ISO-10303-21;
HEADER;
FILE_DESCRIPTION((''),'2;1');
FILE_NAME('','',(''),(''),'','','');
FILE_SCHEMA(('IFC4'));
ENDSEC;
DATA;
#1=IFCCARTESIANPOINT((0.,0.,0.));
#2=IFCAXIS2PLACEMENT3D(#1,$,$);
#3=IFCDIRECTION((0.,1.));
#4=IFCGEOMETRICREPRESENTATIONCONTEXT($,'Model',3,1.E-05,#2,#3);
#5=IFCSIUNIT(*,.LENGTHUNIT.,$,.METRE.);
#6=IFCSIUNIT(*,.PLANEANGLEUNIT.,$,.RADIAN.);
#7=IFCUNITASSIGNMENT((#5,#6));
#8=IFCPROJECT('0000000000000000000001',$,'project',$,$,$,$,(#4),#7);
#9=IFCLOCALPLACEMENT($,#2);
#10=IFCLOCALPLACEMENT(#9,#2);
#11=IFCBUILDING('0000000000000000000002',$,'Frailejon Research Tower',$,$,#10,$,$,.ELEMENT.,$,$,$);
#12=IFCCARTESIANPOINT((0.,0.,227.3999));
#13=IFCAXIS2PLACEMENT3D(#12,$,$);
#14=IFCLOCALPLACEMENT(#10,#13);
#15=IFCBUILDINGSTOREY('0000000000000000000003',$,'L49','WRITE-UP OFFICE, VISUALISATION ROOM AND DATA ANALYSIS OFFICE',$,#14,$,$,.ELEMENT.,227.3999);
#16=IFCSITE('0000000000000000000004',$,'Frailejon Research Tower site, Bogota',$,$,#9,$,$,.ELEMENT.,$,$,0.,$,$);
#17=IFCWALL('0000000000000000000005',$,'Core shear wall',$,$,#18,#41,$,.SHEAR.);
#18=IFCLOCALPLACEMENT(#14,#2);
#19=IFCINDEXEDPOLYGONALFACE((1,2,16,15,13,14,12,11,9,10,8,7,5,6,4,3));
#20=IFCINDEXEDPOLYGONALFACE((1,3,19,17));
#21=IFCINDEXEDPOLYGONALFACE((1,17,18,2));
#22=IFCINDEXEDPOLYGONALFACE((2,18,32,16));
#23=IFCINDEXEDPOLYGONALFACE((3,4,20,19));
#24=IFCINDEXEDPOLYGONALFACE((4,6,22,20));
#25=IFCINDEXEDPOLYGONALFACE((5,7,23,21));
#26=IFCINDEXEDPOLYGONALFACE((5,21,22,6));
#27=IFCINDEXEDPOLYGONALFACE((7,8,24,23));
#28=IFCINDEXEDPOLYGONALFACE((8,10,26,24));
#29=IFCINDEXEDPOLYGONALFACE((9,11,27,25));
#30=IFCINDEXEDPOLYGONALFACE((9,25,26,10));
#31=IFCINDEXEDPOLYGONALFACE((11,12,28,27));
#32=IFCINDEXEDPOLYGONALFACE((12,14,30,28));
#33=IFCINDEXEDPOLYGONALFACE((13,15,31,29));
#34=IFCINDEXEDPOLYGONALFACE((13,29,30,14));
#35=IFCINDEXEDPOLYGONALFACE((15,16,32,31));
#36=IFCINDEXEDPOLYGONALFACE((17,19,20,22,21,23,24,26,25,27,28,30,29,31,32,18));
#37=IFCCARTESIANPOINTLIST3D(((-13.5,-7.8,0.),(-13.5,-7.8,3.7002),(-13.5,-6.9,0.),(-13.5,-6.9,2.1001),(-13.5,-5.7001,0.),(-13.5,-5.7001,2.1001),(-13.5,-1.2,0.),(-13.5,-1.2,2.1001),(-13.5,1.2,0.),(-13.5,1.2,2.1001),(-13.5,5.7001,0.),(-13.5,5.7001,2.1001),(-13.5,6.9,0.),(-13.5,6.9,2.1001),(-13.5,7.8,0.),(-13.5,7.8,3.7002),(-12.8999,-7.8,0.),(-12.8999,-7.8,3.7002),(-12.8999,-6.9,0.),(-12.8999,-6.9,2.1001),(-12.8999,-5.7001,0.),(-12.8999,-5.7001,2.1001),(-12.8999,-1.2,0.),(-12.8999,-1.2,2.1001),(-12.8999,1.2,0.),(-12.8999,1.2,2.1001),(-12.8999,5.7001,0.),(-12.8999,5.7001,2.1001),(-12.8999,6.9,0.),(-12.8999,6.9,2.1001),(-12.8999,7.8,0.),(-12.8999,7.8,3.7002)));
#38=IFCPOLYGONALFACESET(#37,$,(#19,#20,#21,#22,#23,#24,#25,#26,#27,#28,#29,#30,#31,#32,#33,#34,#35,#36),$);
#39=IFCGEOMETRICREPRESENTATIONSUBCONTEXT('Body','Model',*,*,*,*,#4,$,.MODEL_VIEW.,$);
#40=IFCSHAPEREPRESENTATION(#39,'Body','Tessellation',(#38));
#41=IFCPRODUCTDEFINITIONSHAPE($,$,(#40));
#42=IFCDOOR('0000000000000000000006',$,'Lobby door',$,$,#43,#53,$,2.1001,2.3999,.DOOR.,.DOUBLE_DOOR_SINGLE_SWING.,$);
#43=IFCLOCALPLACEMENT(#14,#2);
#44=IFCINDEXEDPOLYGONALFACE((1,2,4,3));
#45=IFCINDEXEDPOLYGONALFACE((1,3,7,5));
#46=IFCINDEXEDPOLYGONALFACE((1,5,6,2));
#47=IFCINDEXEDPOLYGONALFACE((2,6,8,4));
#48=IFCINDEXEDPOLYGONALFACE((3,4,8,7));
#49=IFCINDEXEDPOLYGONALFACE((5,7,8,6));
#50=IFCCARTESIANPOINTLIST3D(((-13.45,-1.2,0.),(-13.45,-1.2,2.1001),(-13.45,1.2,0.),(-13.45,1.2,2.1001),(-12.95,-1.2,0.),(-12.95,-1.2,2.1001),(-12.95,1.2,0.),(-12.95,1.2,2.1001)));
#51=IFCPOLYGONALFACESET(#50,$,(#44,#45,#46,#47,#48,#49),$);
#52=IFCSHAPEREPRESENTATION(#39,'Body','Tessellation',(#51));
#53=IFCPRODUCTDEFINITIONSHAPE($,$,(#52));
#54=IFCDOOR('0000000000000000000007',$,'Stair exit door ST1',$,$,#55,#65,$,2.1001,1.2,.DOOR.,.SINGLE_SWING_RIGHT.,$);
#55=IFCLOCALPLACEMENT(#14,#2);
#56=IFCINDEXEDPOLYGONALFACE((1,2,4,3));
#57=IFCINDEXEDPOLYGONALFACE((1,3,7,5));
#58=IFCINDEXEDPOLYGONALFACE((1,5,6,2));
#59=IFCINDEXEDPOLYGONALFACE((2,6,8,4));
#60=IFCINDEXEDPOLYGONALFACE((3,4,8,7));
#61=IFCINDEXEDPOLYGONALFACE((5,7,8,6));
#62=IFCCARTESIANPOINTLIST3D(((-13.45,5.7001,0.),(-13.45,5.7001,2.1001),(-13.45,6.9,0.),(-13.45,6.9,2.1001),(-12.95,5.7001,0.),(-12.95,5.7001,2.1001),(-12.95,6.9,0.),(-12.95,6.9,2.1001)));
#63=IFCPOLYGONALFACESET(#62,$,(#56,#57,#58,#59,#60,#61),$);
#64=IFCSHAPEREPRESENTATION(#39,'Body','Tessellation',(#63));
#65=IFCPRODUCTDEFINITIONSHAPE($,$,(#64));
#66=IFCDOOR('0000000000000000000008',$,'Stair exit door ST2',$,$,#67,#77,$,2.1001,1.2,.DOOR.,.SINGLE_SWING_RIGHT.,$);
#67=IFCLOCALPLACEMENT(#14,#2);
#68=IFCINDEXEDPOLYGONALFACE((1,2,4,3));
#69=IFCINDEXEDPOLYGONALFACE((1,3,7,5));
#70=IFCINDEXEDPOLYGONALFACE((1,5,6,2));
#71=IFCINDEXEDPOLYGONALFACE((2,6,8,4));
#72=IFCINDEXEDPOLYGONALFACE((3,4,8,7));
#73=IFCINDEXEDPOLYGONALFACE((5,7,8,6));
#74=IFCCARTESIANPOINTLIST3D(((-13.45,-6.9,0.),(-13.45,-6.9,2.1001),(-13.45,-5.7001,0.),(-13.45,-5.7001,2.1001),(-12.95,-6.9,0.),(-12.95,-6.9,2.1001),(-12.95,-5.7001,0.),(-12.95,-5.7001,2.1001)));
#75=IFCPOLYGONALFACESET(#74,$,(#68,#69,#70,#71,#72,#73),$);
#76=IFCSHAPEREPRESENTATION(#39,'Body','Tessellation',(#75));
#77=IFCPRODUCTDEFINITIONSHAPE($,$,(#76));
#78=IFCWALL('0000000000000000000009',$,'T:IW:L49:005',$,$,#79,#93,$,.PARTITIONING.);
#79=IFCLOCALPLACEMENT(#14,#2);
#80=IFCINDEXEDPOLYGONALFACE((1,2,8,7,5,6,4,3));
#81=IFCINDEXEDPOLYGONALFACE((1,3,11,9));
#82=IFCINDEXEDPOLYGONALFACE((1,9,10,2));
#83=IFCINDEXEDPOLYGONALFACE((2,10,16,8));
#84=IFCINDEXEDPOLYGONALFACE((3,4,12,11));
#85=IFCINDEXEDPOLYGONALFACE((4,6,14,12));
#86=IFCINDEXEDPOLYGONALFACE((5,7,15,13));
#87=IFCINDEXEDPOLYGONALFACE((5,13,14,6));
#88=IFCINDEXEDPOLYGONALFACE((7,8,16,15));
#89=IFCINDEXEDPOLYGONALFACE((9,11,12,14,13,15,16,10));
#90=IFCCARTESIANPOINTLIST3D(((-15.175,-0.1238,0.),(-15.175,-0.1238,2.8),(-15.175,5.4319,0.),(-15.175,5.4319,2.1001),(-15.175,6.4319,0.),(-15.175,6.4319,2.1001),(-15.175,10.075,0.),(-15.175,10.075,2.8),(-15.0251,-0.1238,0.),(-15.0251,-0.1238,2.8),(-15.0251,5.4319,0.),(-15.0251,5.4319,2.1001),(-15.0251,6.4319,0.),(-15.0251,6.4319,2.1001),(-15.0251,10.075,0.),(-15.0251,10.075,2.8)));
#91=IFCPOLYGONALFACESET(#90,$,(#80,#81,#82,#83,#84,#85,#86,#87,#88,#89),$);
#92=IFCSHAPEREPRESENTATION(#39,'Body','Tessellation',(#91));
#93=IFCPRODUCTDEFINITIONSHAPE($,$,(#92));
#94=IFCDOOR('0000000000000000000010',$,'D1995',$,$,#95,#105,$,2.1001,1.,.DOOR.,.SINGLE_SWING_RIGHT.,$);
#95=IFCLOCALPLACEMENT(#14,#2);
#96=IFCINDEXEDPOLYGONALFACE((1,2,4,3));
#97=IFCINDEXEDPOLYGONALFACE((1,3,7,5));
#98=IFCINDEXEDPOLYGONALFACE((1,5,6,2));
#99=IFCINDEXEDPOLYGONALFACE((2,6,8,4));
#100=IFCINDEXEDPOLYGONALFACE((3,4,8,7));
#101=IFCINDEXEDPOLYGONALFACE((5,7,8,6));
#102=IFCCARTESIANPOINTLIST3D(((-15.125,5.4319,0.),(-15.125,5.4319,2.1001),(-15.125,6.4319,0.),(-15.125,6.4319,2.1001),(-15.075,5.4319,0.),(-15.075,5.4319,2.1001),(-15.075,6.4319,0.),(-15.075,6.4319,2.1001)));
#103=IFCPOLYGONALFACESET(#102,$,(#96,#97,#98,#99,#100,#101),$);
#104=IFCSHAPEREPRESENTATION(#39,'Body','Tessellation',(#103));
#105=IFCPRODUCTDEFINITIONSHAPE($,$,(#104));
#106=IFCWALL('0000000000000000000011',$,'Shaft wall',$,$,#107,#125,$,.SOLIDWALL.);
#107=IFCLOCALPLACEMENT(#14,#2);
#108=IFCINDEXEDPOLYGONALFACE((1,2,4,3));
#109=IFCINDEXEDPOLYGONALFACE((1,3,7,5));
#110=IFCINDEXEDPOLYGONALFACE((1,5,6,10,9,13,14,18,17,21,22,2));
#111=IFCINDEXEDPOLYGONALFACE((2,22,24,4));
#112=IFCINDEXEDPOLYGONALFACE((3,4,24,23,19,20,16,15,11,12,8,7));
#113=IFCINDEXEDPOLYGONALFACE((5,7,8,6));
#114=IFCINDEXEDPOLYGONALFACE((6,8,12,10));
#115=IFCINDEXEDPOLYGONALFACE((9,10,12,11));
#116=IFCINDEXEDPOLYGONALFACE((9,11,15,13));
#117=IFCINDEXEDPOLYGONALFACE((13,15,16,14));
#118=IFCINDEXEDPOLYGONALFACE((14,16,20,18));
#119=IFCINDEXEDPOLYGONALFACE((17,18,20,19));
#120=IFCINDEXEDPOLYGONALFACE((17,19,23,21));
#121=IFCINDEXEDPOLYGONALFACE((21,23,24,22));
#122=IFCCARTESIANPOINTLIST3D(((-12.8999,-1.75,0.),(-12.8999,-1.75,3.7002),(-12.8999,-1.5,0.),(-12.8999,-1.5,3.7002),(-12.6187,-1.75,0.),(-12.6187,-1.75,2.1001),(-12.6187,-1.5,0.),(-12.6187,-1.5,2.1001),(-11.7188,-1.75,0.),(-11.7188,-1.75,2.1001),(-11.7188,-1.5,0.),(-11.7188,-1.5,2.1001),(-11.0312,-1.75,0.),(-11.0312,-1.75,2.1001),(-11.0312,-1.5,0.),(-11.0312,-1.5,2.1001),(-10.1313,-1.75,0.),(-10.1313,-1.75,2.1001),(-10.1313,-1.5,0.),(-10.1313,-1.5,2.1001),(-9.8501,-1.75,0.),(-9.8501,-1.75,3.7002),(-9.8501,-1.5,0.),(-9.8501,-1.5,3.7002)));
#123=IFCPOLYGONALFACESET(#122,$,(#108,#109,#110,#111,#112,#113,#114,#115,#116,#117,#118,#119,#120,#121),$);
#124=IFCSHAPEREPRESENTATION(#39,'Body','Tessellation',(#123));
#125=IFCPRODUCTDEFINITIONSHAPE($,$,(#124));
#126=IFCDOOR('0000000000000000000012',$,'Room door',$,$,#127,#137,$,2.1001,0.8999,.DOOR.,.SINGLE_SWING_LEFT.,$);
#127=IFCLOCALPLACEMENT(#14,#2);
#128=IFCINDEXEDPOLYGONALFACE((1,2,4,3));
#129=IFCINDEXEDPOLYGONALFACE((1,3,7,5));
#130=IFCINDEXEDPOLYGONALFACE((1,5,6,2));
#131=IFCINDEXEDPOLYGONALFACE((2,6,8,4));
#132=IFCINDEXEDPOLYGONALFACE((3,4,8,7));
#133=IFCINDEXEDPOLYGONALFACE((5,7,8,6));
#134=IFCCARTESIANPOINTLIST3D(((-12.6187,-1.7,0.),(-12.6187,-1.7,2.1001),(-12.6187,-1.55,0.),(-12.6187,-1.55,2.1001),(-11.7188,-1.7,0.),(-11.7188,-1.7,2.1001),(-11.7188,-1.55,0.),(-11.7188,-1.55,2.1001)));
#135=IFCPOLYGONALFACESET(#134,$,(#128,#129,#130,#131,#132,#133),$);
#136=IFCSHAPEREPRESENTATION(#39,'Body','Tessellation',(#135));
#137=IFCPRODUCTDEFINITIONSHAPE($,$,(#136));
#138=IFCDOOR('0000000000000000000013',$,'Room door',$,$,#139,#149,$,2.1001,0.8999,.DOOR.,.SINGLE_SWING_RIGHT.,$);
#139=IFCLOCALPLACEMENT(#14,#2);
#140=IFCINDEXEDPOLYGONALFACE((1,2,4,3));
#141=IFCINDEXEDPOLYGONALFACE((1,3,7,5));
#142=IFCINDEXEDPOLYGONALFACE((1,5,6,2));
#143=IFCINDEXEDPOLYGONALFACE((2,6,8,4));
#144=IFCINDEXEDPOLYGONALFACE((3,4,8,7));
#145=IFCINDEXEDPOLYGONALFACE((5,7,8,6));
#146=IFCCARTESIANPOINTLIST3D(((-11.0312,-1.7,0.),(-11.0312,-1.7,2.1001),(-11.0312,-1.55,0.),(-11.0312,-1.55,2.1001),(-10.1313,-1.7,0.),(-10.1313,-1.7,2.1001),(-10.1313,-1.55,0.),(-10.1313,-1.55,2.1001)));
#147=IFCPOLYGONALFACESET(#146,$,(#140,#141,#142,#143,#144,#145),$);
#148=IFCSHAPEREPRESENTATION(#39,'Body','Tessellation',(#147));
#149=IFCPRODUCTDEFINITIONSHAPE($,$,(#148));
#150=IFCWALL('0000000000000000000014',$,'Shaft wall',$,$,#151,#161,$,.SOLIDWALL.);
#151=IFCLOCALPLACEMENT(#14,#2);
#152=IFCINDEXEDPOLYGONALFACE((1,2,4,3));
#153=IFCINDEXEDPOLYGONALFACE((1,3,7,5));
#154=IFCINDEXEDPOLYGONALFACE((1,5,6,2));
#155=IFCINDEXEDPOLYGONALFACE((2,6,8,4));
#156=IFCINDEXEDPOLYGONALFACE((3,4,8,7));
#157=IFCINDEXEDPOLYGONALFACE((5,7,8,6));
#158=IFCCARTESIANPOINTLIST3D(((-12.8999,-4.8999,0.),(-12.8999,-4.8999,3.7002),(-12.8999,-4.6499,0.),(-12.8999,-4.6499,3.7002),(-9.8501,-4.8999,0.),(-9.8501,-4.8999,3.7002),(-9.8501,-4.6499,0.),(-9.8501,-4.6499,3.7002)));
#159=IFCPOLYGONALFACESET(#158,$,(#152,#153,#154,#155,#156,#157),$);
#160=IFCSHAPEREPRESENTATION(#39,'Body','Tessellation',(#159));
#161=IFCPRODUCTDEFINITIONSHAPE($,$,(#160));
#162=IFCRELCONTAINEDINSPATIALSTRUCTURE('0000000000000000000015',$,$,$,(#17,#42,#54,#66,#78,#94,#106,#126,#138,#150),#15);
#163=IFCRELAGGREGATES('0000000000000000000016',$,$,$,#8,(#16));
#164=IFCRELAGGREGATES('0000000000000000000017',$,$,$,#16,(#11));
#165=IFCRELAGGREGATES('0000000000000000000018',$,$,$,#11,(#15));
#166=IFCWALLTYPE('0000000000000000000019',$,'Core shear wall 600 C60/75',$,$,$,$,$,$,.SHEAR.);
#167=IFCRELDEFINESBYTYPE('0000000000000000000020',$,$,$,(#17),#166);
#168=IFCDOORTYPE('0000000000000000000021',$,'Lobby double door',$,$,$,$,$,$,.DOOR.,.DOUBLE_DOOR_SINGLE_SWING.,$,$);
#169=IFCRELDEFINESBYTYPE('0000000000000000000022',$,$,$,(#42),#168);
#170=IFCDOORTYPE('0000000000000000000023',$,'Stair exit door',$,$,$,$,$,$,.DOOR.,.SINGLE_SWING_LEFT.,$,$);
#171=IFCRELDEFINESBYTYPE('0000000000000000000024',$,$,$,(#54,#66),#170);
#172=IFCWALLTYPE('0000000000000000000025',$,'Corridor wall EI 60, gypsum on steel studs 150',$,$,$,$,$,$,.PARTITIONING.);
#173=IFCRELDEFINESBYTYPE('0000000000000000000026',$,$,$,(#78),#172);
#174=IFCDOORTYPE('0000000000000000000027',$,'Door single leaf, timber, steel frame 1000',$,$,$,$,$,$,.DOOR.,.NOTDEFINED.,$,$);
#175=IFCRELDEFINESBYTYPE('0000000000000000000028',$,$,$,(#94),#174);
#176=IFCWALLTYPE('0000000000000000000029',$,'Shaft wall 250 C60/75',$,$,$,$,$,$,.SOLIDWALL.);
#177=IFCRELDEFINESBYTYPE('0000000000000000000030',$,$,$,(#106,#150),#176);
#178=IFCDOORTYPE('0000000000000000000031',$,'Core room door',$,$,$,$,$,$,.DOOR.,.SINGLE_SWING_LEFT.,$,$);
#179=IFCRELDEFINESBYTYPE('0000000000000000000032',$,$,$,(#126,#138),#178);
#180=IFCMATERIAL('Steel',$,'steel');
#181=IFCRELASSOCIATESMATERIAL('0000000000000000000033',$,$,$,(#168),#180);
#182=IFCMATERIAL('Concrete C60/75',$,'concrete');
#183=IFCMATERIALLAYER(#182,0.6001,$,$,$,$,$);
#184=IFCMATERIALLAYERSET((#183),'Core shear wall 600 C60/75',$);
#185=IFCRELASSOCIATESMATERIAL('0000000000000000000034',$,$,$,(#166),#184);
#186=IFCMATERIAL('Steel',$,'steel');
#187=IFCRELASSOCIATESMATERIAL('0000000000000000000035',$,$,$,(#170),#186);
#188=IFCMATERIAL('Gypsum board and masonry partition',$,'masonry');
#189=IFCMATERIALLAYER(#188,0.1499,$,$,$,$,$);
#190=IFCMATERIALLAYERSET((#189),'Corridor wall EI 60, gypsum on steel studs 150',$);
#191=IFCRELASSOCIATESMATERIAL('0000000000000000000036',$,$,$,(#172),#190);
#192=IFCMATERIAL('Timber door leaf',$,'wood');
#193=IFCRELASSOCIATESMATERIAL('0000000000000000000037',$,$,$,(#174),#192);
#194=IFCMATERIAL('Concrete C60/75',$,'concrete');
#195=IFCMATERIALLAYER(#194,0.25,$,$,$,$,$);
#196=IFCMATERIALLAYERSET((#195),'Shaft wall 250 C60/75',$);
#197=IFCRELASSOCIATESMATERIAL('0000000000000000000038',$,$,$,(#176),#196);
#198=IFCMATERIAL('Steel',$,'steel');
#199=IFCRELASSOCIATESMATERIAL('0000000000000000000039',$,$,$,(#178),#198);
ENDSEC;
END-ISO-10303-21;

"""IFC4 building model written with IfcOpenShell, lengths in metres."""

from ifc_helpers import new_model, si_unit, direction, frame, frame_2d, origin, place, context, subcontext, project, spatial, rectangle, extrude, material, layer, layer_set, type_object, element, fill, save


model = new_model("IFC4")

# Units and contexts
model_context = context("Model", 3, precision=1e-05, world=origin(), true_north=direction((0.0, 1.0)))
body_context = subcontext(model_context, "Body", "Model", "MODEL_VIEW")
ifc_project = project(units=[si_unit("LENGTHUNIT", "METRE"), si_unit("PLANEANGLEUNIT", "RADIAN")], contexts=[model_context])

# Site, building, storey
site_placement = place(None, origin())
site = spatial("IfcSite", under=ifc_project, at=site_placement, Name="Frailejon Research Tower site, Bogota", CompositionType="ELEMENT", RefElevation=0.0)
building_placement = place(site_placement, origin())
building = spatial("IfcBuilding", under=site, at=building_placement, Name="Frailejon Research Tower", CompositionType="ELEMENT")
storey_placement = place(building_placement, frame((0.0, 0.0, 227.3999)))
storey = spatial("IfcBuildingStorey", under=building, at=storey_placement, Name="L49", Description="WRITE-UP OFFICE, VISUALISATION ROOM AND DATA ANALYSIS OFFICE", CompositionType="ELEMENT", Elevation=227.3999)

# Shared definitions
ifc_material_1 = material(Name="Steel", Category="steel")
door_type_1 = type_object("IfcDoorType", Name="Lobby double door", OperationType="DOUBLE_DOOR_SINGLE_SWING", PredefinedType="DOOR", material=ifc_material_1)

# Shared definitions
ifc_material_2 = material(Name="Concrete C60/75", Category="concrete")
ifc_layer_1 = layer(ifc_material_2, 0.6001)
ifc_layer_set_1 = layer_set([ifc_layer_1], Name="Core shear wall 600 C60/75")
wall_type_1 = type_object("IfcWallType", Name="Core shear wall 600 C60/75", PredefinedType="SHEAR", material=ifc_layer_set_1)

# Wall, openings, doors
wall_1_placement = place(storey_placement, frame((-13.2, -7.8, 0.0), z_axis=(0.0, 0.0, 1.0), x_axis=(0.0, 1.0, 0.0)))
wall_1 = element("IfcWall", 1, at=wall_1_placement, inside=storey, type_object=wall_type_1, Name="Core shear wall", PredefinedType="SHEAR", context=body_context, shape_type="SweptSolid", body=[
    extrude(rectangle(XDim=15.6001, YDim=0.6001, at=frame_2d((7.8, 0.0))), origin(), (0.0, 0.0, 1.0), 3.7002),
])
opening_1_placement = place(wall_1_placement, frame((6.6001, 0.0, 0.0)))
opening_1 = element("IfcOpeningElement", 2, at=opening_1_placement, cuts=wall_1, PredefinedType="OPENING", context=body_context, shape_type="SweptSolid", body=[
    extrude(rectangle(XDim=2.3999, YDim=2.1001, at=frame_2d((1.2, 1.05))), frame((0.0, 0.3101, 0.0), z_axis=(0.0, -1.0, 0.0), x_axis=(1.0, 0.0, 0.0)), (0.0, 0.0, 1.0), 0.6201),
])
opening_2_placement = place(wall_1_placement, frame((13.5, 0.0, 0.0)))
opening_2 = element("IfcOpeningElement", 3, at=opening_2_placement, cuts=wall_1, PredefinedType="OPENING", context=body_context, shape_type="SweptSolid", body=[
    extrude(rectangle(XDim=1.2, YDim=2.1001, at=frame_2d((0.6001, 1.05))), frame((0.0, 0.3101, 0.0), z_axis=(0.0, -1.0, 0.0), x_axis=(1.0, 0.0, 0.0)), (0.0, 0.0, 1.0), 0.6201),
])
opening_3_placement = place(wall_1_placement, frame((0.8999, 0.0, 0.0)))
opening_3 = element("IfcOpeningElement", 4, at=opening_3_placement, cuts=wall_1, PredefinedType="OPENING", context=body_context, shape_type="SweptSolid", body=[
    extrude(rectangle(XDim=1.2, YDim=2.1001, at=frame_2d((0.6001, 1.05))), frame((0.0, 0.3101, 0.0), z_axis=(0.0, -1.0, 0.0), x_axis=(1.0, 0.0, 0.0)), (0.0, 0.0, 1.0), 0.6201),
])
door_1_placement = place(opening_1_placement, origin())
door_1 = element("IfcDoor", 5, at=door_1_placement, inside=storey, type_object=door_type_1, Name="Lobby door", OperationType="DOUBLE_DOOR_SINGLE_SWING", OverallHeight=2.1001, OverallWidth=2.3999, PredefinedType="DOOR", context=body_context, shape_type="SweptSolid", body=[
    extrude(rectangle(XDim=2.3999, YDim=2.1001, at=frame_2d((1.2, 1.05))), frame((0.0, 0.25, 0.0), z_axis=(0.0, -1.0, 0.0), x_axis=(1.0, 0.0, 0.0)), (0.0, 0.0, 1.0), 0.5),
])
fill(opening_1, door_1)
ifc_material_3 = material(Name="Steel", Category="steel")
door_type_2 = type_object("IfcDoorType", Name="Stair exit door", OperationType="SINGLE_SWING_LEFT", PredefinedType="DOOR", material=ifc_material_3)
door_2_placement = place(opening_2_placement, origin())
door_2 = element("IfcDoor", 6, at=door_2_placement, inside=storey, type_object=door_type_2, Name="Stair exit door ST1", OperationType="SINGLE_SWING_RIGHT", OverallHeight=2.1001, OverallWidth=1.2, PredefinedType="DOOR", context=body_context, shape_type="SweptSolid", body=[
    extrude(rectangle(XDim=1.2, YDim=2.1001, at=frame_2d((0.6001, 1.05))), frame((0.0, 0.25, 0.0), z_axis=(0.0, -1.0, 0.0), x_axis=(1.0, 0.0, 0.0)), (0.0, 0.0, 1.0), 0.5),
])
fill(opening_2, door_2)
door_3_placement = place(opening_3_placement, origin())
door_3 = element("IfcDoor", 7, at=door_3_placement, inside=storey, type_object=door_type_2, Name="Stair exit door ST2", OperationType="SINGLE_SWING_RIGHT", OverallHeight=2.1001, OverallWidth=1.2, PredefinedType="DOOR", context=body_context, shape_type="SweptSolid", body=[
    extrude(rectangle(XDim=1.2, YDim=2.1001, at=frame_2d((0.6001, 1.05))), frame((0.0, 0.25, 0.0), z_axis=(0.0, -1.0, 0.0), x_axis=(1.0, 0.0, 0.0)), (0.0, 0.0, 1.0), 0.5),
])
fill(opening_3, door_3)

# Wall, opening, door
ifc_material_4 = material(Name="Gypsum board and masonry partition", Category="masonry")
ifc_layer_2 = layer(ifc_material_4, 0.1499)
ifc_layer_set_2 = layer_set([ifc_layer_2], Name="Corridor wall EI 60, gypsum on steel studs 150")
wall_type_2 = type_object("IfcWallType", Name="Corridor wall EI 60, gypsum on steel studs 150", PredefinedType="PARTITIONING", material=ifc_layer_set_2)
wall_2_placement = place(storey_placement, frame((-15.1001, -0.1238, 0.0), z_axis=(0.0, 0.0, 1.0), x_axis=(0.0, 1.0, 0.0)))
wall_2 = element("IfcWall", 8, at=wall_2_placement, inside=storey, type_object=wall_type_2, Name="T:IW:L49:005", PredefinedType="PARTITIONING", context=body_context, shape_type="SweptSolid", body=[
    extrude(rectangle(XDim=10.1987, YDim=0.1499, at=frame_2d((5.0994, 0.0))), origin(), (0.0, 0.0, 1.0), 2.8),
])
opening_4_placement = place(wall_2_placement, frame((5.5557, 0.0, 0.0)))
opening_4 = element("IfcOpeningElement", 9, at=opening_4_placement, cuts=wall_2, PredefinedType="OPENING", context=body_context, shape_type="SweptSolid", body=[
    extrude(rectangle(XDim=1.0, YDim=2.1001, at=frame_2d((0.5, 1.05))), frame((0.0, 0.085, 0.0), z_axis=(0.0, -1.0, 0.0), x_axis=(1.0, 0.0, 0.0)), (0.0, 0.0, 1.0), 0.1699),
])
ifc_material_5 = material(Name="Timber door leaf", Category="wood")
door_type_3 = type_object("IfcDoorType", Name="Door single leaf, timber, steel frame 1000", OperationType="NOTDEFINED", PredefinedType="DOOR", material=ifc_material_5)
door_4_placement = place(opening_4_placement, origin())
door_4 = element("IfcDoor", 10, at=door_4_placement, inside=storey, type_object=door_type_3, Name="D1995", OperationType="SINGLE_SWING_RIGHT", OverallHeight=2.1001, OverallWidth=1.0, PredefinedType="DOOR", context=body_context, shape_type="SweptSolid", body=[
    extrude(rectangle(XDim=1.0, YDim=2.1001, at=frame_2d((0.5, 1.05))), frame((0.0, 0.0249, 0.0), z_axis=(0.0, -1.0, 0.0), x_axis=(1.0, 0.0, 0.0)), (0.0, 0.0, 1.0), 0.05),
])
fill(opening_4, door_4)

# Wall, openings, doors
ifc_material_6 = material(Name="Concrete C60/75", Category="concrete")
ifc_layer_3 = layer(ifc_material_6, 0.25)
ifc_layer_set_3 = layer_set([ifc_layer_3], Name="Shaft wall 250 C60/75")
wall_type_3 = type_object("IfcWallType", Name="Shaft wall 250 C60/75", PredefinedType="SOLIDWALL", material=ifc_layer_set_3)
wall_3_placement = place(storey_placement, frame((-12.8999, -1.625, 0.0), z_axis=(0.0, 0.0, 1.0), x_axis=(1.0, 0.0, 0.0)))
wall_3 = element("IfcWall", 11, at=wall_3_placement, inside=storey, type_object=wall_type_3, Name="Shaft wall", PredefinedType="SOLIDWALL", context=body_context, shape_type="SweptSolid", body=[
    extrude(rectangle(XDim=3.0498, YDim=0.25, at=frame_2d((1.5249, 0.0))), origin(), (0.0, 0.0, 1.0), 3.7002),
])
opening_5_placement = place(wall_3_placement, frame((0.2812, 0.0, 0.0)))
opening_5 = element("IfcOpeningElement", 12, at=opening_5_placement, cuts=wall_3, PredefinedType="OPENING", context=body_context, shape_type="SweptSolid", body=[
    extrude(rectangle(XDim=0.8999, YDim=2.1001, at=frame_2d((0.45, 1.05))), frame((0.0, 0.135, 0.0), z_axis=(0.0, -1.0, 0.0), x_axis=(1.0, 0.0, 0.0)), (0.0, 0.0, 1.0), 0.27),
])
opening_6_placement = place(wall_3_placement, frame((1.8687, 0.0, 0.0)))
opening_6 = element("IfcOpeningElement", 13, at=opening_6_placement, cuts=wall_3, PredefinedType="OPENING", context=body_context, shape_type="SweptSolid", body=[
    extrude(rectangle(XDim=0.8999, YDim=2.1001, at=frame_2d((0.45, 1.05))), frame((0.0, 0.135, 0.0), z_axis=(0.0, -1.0, 0.0), x_axis=(1.0, 0.0, 0.0)), (0.0, 0.0, 1.0), 0.27),
])
ifc_material_7 = material(Name="Steel", Category="steel")
door_type_4 = type_object("IfcDoorType", Name="Core room door", OperationType="SINGLE_SWING_LEFT", PredefinedType="DOOR", material=ifc_material_7)
door_5_placement = place(opening_5_placement, origin())
door_5 = element("IfcDoor", 14, at=door_5_placement, inside=storey, type_object=door_type_4, Name="Room door", OperationType="SINGLE_SWING_LEFT", OverallHeight=2.1001, OverallWidth=0.8999, PredefinedType="DOOR", context=body_context, shape_type="SweptSolid", body=[
    extrude(rectangle(XDim=0.8999, YDim=2.1001, at=frame_2d((0.45, 1.05))), frame((0.0, 0.075, 0.0), z_axis=(0.0, -1.0, 0.0), x_axis=(1.0, 0.0, 0.0)), (0.0, 0.0, 1.0), 0.1499),
])
fill(opening_5, door_5)
door_6_placement = place(opening_6_placement, origin())
door_6 = element("IfcDoor", 15, at=door_6_placement, inside=storey, type_object=door_type_4, Name="Room door", OperationType="SINGLE_SWING_RIGHT", OverallHeight=2.1001, OverallWidth=0.8999, PredefinedType="DOOR", context=body_context, shape_type="SweptSolid", body=[
    extrude(rectangle(XDim=0.8999, YDim=2.1001, at=frame_2d((0.45, 1.05))), frame((0.0, 0.075, 0.0), z_axis=(0.0, -1.0, 0.0), x_axis=(1.0, 0.0, 0.0)), (0.0, 0.0, 1.0), 0.1499),
])
fill(opening_6, door_6)

# Wall
wall_4_placement = place(storey_placement, frame((-12.8999, -4.7749, 0.0), z_axis=(0.0, 0.0, 1.0), x_axis=(1.0, 0.0, 0.0)))
element("IfcWall", 16, at=wall_4_placement, inside=storey, type_object=wall_type_3, Name="Shaft wall", PredefinedType="SOLIDWALL", context=body_context, shape_type="SweptSolid", body=[
    extrude(rectangle(XDim=3.0498, YDim=0.25, at=frame_2d((1.5249, 0.0))), origin(), (0.0, 0.0, 1.0), 3.7002),
])

save(model, "model.ifc")
